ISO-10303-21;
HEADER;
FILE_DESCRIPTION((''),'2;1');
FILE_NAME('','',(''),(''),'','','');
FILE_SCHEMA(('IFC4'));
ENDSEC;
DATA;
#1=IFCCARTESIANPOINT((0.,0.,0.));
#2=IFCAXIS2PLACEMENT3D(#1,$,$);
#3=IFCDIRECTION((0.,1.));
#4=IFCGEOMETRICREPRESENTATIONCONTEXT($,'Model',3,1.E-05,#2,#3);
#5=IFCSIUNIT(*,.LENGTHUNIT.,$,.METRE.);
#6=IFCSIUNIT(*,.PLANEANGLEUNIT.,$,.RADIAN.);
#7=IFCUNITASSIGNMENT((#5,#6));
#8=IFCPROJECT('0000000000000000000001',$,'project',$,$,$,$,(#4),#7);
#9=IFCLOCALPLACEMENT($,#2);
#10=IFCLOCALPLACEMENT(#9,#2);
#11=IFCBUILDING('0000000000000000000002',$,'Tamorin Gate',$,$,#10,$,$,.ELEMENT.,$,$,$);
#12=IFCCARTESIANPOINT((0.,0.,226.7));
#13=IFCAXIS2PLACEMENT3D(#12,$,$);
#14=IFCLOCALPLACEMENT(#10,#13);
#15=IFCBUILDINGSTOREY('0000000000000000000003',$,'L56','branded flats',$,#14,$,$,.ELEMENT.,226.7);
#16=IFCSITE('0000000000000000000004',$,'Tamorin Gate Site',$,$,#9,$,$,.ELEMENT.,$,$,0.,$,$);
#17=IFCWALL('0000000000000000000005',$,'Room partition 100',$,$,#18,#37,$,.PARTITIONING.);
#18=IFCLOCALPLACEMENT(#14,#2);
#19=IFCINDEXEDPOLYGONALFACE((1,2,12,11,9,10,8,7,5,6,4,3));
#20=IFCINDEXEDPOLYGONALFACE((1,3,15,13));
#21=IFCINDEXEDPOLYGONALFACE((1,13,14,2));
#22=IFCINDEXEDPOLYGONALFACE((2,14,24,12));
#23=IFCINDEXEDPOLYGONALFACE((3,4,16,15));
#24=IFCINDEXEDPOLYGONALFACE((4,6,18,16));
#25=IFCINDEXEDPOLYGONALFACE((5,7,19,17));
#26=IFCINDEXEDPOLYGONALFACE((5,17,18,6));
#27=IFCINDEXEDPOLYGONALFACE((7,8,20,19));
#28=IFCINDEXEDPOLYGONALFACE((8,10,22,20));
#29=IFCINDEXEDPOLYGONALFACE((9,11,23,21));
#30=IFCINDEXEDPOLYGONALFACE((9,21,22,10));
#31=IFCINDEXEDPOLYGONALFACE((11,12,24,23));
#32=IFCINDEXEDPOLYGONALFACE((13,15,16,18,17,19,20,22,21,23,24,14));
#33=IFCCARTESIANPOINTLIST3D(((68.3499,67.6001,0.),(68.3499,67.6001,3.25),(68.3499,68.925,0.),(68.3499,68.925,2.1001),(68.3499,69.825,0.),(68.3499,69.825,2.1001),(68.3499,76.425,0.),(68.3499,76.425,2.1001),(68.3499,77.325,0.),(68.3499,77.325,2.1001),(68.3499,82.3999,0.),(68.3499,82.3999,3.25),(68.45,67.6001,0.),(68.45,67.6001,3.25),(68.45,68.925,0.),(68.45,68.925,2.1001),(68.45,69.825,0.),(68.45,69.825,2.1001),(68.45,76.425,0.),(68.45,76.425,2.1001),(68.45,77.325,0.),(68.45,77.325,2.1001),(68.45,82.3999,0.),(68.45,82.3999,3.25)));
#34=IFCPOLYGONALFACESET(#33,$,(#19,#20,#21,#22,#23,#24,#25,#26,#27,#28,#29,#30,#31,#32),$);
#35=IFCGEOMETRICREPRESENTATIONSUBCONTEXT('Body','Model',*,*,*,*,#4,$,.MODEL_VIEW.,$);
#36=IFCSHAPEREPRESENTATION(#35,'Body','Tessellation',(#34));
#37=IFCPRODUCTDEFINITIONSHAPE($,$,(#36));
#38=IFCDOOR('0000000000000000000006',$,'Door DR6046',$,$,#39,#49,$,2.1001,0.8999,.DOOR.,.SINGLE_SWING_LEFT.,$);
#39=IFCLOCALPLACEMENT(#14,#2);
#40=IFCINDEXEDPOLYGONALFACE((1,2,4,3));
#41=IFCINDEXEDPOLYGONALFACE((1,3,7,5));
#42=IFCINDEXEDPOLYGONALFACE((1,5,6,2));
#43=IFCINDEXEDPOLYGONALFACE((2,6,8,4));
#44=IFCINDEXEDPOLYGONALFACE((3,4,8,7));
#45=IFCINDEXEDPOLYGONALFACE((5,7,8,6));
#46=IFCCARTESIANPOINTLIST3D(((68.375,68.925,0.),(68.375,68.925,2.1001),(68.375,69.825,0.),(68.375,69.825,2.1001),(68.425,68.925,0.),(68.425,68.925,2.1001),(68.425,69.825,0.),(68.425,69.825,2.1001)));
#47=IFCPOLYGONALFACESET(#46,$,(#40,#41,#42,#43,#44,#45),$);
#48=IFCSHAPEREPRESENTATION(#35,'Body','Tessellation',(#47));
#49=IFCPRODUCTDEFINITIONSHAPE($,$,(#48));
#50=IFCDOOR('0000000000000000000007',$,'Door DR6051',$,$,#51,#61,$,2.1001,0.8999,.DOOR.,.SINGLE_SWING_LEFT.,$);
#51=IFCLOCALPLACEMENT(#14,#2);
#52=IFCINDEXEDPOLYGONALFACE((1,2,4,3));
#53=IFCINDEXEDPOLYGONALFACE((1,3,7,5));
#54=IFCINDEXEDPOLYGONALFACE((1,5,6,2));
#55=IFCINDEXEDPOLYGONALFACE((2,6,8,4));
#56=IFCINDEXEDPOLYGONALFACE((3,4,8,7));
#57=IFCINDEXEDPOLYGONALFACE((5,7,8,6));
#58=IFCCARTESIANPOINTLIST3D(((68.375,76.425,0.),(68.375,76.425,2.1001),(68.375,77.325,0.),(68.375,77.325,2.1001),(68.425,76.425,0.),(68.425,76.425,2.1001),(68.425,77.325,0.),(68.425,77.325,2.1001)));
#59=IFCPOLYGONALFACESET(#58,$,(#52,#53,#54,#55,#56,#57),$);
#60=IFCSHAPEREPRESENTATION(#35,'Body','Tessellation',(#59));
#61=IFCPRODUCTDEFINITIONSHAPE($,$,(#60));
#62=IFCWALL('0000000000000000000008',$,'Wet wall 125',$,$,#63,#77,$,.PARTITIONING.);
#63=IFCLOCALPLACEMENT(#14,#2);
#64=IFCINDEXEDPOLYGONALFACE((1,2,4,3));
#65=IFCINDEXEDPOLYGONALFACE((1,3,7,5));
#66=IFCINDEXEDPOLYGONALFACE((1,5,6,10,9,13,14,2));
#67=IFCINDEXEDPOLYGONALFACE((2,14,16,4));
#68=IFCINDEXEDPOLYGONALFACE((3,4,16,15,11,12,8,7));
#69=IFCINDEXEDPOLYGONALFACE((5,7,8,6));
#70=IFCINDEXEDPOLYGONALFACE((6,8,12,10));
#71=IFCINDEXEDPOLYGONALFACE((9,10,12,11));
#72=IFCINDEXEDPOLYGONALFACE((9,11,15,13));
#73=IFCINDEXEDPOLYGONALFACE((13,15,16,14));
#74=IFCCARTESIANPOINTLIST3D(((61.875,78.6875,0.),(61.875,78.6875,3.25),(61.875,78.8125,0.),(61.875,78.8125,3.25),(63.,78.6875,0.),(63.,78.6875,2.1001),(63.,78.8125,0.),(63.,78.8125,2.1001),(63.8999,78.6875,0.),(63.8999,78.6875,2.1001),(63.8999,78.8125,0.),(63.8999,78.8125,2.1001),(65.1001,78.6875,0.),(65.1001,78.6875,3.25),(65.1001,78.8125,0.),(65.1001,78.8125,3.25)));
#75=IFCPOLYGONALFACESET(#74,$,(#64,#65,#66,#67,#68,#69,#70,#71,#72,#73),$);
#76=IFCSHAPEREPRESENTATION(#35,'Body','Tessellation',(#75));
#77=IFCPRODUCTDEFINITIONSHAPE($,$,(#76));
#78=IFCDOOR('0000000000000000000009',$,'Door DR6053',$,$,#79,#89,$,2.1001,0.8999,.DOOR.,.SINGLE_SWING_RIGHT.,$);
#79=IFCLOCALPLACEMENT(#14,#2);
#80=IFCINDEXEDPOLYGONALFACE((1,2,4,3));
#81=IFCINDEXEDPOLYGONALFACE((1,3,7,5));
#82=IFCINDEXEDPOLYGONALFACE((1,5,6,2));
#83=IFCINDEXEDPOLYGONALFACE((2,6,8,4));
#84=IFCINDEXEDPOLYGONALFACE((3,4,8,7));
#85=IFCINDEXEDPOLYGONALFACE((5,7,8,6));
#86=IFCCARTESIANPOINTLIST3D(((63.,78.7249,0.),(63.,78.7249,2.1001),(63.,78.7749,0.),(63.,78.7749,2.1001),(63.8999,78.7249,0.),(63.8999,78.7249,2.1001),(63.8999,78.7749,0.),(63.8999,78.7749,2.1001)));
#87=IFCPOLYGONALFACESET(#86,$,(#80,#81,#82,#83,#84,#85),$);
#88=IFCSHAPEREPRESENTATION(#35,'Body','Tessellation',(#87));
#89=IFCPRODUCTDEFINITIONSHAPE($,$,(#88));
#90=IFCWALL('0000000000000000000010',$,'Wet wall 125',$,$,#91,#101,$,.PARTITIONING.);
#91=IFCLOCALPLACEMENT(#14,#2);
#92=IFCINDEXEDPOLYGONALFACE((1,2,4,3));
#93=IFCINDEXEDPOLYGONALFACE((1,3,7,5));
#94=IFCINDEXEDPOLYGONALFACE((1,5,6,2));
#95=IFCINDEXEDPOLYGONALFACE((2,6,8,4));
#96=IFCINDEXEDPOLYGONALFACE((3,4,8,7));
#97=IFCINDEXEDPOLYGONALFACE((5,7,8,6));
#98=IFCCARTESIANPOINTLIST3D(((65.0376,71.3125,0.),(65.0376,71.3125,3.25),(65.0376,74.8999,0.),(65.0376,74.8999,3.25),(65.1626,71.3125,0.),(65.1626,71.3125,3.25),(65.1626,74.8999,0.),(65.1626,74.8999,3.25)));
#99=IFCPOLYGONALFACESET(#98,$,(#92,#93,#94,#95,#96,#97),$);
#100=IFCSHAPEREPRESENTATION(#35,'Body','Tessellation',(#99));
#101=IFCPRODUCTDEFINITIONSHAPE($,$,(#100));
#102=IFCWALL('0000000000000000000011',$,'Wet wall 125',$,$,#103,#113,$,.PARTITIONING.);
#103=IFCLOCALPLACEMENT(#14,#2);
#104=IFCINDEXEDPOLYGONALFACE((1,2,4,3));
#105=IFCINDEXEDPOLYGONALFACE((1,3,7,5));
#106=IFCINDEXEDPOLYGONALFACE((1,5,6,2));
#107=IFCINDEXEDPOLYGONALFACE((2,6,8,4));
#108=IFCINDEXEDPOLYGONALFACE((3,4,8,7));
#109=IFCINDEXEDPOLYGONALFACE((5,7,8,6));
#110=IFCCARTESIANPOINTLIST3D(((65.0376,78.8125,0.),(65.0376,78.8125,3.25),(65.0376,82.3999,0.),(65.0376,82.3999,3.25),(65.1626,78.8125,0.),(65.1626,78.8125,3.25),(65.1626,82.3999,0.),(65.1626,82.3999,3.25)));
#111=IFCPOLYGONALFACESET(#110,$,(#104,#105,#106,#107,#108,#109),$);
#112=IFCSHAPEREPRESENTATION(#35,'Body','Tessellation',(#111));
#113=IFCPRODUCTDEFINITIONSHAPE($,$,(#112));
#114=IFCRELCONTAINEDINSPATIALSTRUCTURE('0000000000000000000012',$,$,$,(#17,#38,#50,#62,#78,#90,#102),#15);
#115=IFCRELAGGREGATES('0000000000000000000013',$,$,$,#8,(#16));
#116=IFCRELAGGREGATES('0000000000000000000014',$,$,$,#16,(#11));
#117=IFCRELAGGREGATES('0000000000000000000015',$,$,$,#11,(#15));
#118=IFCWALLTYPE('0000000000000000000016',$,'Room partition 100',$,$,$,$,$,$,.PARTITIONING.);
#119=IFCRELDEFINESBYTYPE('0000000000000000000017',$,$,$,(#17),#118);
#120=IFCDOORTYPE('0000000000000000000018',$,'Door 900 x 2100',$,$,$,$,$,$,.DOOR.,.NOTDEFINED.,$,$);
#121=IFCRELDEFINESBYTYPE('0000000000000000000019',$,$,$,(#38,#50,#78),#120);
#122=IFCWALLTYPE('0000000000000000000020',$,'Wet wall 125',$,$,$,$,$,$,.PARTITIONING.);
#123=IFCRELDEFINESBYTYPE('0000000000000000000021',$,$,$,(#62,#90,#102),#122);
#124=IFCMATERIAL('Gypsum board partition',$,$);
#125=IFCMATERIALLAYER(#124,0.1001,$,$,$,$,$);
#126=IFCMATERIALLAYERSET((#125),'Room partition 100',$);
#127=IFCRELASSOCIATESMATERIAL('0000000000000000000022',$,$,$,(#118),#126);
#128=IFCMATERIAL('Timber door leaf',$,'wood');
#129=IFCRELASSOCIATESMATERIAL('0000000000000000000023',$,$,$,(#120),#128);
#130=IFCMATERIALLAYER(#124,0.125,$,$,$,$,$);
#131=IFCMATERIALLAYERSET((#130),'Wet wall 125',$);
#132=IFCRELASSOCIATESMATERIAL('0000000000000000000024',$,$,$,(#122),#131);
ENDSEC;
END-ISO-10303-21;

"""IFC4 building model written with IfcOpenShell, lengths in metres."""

from ifc_helpers import new_model, si_unit, direction, frame, frame_2d, origin, place, context, subcontext, project, spatial, rectangle, extrude, material, layer, layer_set, type_object, element, fill, save


model = new_model("IFC4")

# Units and contexts
model_context = context("Model", 3, precision=1e-05, world=origin(), true_north=direction((0.0, 1.0)))
body_context = subcontext(model_context, "Body", "Model", "MODEL_VIEW")
ifc_project = project(units=[si_unit("LENGTHUNIT", "METRE"), si_unit("PLANEANGLEUNIT", "RADIAN")], contexts=[model_context])

# Site, building, storey
site_placement = place(None, origin())
site = spatial("IfcSite", under=ifc_project, at=site_placement, Name="Tamorin Gate Site", CompositionType="ELEMENT", RefElevation=0.0)
building_placement = place(site_placement, origin())
building = spatial("IfcBuilding", under=site, at=building_placement, Name="Tamorin Gate", CompositionType="ELEMENT")
storey_placement = place(building_placement, frame((0.0, 0.0, 226.7)))
storey = spatial("IfcBuildingStorey", under=building, at=storey_placement, Name="L56", Description="branded flats", CompositionType="ELEMENT", Elevation=226.7)

# Wall, openings, doors
ifc_material_1 = material(Name="Gypsum board partition")
ifc_layer_1 = layer(ifc_material_1, 0.1001)
ifc_layer_set_1 = layer_set([ifc_layer_1], Name="Room partition 100")
wall_type_1 = type_object("IfcWallType", Name="Room partition 100", PredefinedType="PARTITIONING", material=ifc_layer_set_1)
ifc_material_2 = material(Name="Timber door leaf", Category="wood")
door_type = type_object("IfcDoorType", Name="Door 900 x 2100", OperationType="NOTDEFINED", PredefinedType="DOOR", material=ifc_material_2)
wall_1_placement = place(storey_placement, frame((68.3999, 67.6001, 0.0), z_axis=(0.0, 0.0, 1.0), x_axis=(0.0, 1.0, 0.0)))
wall_1 = element("IfcWall", 1, at=wall_1_placement, inside=storey, type_object=wall_type_1, Name="Room partition 100", PredefinedType="PARTITIONING", context=body_context, shape_type="SweptSolid", body=[
    extrude(rectangle(XDim=14.7998, YDim=0.1001, at=frame_2d((7.3999, 0.0))), origin(), (0.0, 0.0, 1.0), 3.25),
])
opening_1_placement = place(wall_1_placement, frame((1.325, 0.0, 0.0)))
opening_1 = element("IfcOpeningElement", 2, at=opening_1_placement, cuts=wall_1, PredefinedType="OPENING", context=body_context, shape_type="SweptSolid", body=[
    extrude(rectangle(XDim=0.8999, YDim=2.1001, at=frame_2d((0.45, 1.05))), frame((0.0, 0.0601, 0.0), z_axis=(0.0, -1.0, 0.0), x_axis=(1.0, 0.0, 0.0)), (0.0, 0.0, 1.0), 0.1201),
])
opening_2_placement = place(wall_1_placement, frame((8.825, 0.0, 0.0)))
opening_2 = element("IfcOpeningElement", 3, at=opening_2_placement, cuts=wall_1, PredefinedType="OPENING", context=body_context, shape_type="SweptSolid", body=[
    extrude(rectangle(XDim=0.8999, YDim=2.1001, at=frame_2d((0.45, 1.05))), frame((0.0, 0.0601, 0.0), z_axis=(0.0, -1.0, 0.0), x_axis=(1.0, 0.0, 0.0)), (0.0, 0.0, 1.0), 0.1201),
])
door_1_placement = place(opening_1_placement, origin())
door_1 = element("IfcDoor", 4, at=door_1_placement, inside=storey, type_object=door_type, Name="Door DR6046", OperationType="SINGLE_SWING_LEFT", OverallHeight=2.1001, OverallWidth=0.8999, PredefinedType="DOOR", context=body_context, shape_type="SweptSolid", body=[
    extrude(rectangle(XDim=0.8999, YDim=2.1001, at=frame_2d((0.45, 1.05))), frame((0.0, 0.0249, 0.0), z_axis=(0.0, -1.0, 0.0), x_axis=(1.0, 0.0, 0.0)), (0.0, 0.0, 1.0), 0.05),
])
fill(opening_1, door_1)
door_2_placement = place(opening_2_placement, origin())
door_2 = element("IfcDoor", 5, at=door_2_placement, inside=storey, type_object=door_type, Name="Door DR6051", OperationType="SINGLE_SWING_LEFT", OverallHeight=2.1001, OverallWidth=0.8999, PredefinedType="DOOR", context=body_context, shape_type="SweptSolid", body=[
    extrude(rectangle(XDim=0.8999, YDim=2.1001, at=frame_2d((0.45, 1.05))), frame((0.0, 0.0249, 0.0), z_axis=(0.0, -1.0, 0.0), x_axis=(1.0, 0.0, 0.0)), (0.0, 0.0, 1.0), 0.05),
])
fill(opening_2, door_2)

# Wall, opening, door
ifc_layer_2 = layer(ifc_material_1, 0.125)
ifc_layer_set_2 = layer_set([ifc_layer_2], Name="Wet wall 125")
wall_type_2 = type_object("IfcWallType", Name="Wet wall 125", PredefinedType="PARTITIONING", material=ifc_layer_set_2)
wall_2_placement = place(storey_placement, frame((61.875, 78.75, 0.0), z_axis=(0.0, 0.0, 1.0), x_axis=(1.0, 0.0, 0.0)))
wall_2 = element("IfcWall", 6, at=wall_2_placement, inside=storey, type_object=wall_type_2, Name="Wet wall 125", PredefinedType="PARTITIONING", context=body_context, shape_type="SweptSolid", body=[
    extrude(rectangle(XDim=3.2251, YDim=0.125, at=frame_2d((1.6125, 0.0))), origin(), (0.0, 0.0, 1.0), 3.25),
])
opening_3_placement = place(wall_2_placement, frame((1.125, 0.0, 0.0)))
opening_3 = element("IfcOpeningElement", 7, at=opening_3_placement, cuts=wall_2, PredefinedType="OPENING", context=body_context, shape_type="SweptSolid", body=[
    extrude(rectangle(XDim=0.8999, YDim=2.1001, at=frame_2d((0.45, 1.05))), frame((0.0, 0.0725, 0.0), z_axis=(0.0, -1.0, 0.0), x_axis=(1.0, 0.0, 0.0)), (0.0, 0.0, 1.0), 0.145),
])
door_3_placement = place(opening_3_placement, origin())
door_3 = element("IfcDoor", 8, at=door_3_placement, inside=storey, type_object=door_type, Name="Door DR6053", OperationType="SINGLE_SWING_RIGHT", OverallHeight=2.1001, OverallWidth=0.8999, PredefinedType="DOOR", context=body_context, shape_type="SweptSolid", body=[
    extrude(rectangle(XDim=0.8999, YDim=2.1001, at=frame_2d((0.45, 1.05))), frame((0.0, 0.0249, 0.0), z_axis=(0.0, -1.0, 0.0), x_axis=(1.0, 0.0, 0.0)), (0.0, 0.0, 1.0), 0.05),
])
fill(opening_3, door_3)

# Walls
for number, where, z_axis, x_axis, name in (
    (9, (65.1001, 71.3125, 0.0), (0.0, 0.0, 1.0), (0.0, 1.0, 0.0), "Wet wall 125"),
    (10, (65.1001, 78.8125, 0.0), (0.0, 0.0, 1.0), (0.0, 1.0, 0.0), "Wet wall 125"),
):
    element("IfcWall", number, at=place(storey_placement, frame(where, z_axis=z_axis, x_axis=x_axis)), inside=storey, type_object=wall_type_2, Name=name, PredefinedType="PARTITIONING", context=body_context, shape_type="SweptSolid", body=[
        extrude(rectangle(XDim=3.5874, YDim=0.125, at=frame_2d((1.7937, 0.0))), origin(), (0.0, 0.0, 1.0), 3.25),
    ])

save(model, "model.ifc")
